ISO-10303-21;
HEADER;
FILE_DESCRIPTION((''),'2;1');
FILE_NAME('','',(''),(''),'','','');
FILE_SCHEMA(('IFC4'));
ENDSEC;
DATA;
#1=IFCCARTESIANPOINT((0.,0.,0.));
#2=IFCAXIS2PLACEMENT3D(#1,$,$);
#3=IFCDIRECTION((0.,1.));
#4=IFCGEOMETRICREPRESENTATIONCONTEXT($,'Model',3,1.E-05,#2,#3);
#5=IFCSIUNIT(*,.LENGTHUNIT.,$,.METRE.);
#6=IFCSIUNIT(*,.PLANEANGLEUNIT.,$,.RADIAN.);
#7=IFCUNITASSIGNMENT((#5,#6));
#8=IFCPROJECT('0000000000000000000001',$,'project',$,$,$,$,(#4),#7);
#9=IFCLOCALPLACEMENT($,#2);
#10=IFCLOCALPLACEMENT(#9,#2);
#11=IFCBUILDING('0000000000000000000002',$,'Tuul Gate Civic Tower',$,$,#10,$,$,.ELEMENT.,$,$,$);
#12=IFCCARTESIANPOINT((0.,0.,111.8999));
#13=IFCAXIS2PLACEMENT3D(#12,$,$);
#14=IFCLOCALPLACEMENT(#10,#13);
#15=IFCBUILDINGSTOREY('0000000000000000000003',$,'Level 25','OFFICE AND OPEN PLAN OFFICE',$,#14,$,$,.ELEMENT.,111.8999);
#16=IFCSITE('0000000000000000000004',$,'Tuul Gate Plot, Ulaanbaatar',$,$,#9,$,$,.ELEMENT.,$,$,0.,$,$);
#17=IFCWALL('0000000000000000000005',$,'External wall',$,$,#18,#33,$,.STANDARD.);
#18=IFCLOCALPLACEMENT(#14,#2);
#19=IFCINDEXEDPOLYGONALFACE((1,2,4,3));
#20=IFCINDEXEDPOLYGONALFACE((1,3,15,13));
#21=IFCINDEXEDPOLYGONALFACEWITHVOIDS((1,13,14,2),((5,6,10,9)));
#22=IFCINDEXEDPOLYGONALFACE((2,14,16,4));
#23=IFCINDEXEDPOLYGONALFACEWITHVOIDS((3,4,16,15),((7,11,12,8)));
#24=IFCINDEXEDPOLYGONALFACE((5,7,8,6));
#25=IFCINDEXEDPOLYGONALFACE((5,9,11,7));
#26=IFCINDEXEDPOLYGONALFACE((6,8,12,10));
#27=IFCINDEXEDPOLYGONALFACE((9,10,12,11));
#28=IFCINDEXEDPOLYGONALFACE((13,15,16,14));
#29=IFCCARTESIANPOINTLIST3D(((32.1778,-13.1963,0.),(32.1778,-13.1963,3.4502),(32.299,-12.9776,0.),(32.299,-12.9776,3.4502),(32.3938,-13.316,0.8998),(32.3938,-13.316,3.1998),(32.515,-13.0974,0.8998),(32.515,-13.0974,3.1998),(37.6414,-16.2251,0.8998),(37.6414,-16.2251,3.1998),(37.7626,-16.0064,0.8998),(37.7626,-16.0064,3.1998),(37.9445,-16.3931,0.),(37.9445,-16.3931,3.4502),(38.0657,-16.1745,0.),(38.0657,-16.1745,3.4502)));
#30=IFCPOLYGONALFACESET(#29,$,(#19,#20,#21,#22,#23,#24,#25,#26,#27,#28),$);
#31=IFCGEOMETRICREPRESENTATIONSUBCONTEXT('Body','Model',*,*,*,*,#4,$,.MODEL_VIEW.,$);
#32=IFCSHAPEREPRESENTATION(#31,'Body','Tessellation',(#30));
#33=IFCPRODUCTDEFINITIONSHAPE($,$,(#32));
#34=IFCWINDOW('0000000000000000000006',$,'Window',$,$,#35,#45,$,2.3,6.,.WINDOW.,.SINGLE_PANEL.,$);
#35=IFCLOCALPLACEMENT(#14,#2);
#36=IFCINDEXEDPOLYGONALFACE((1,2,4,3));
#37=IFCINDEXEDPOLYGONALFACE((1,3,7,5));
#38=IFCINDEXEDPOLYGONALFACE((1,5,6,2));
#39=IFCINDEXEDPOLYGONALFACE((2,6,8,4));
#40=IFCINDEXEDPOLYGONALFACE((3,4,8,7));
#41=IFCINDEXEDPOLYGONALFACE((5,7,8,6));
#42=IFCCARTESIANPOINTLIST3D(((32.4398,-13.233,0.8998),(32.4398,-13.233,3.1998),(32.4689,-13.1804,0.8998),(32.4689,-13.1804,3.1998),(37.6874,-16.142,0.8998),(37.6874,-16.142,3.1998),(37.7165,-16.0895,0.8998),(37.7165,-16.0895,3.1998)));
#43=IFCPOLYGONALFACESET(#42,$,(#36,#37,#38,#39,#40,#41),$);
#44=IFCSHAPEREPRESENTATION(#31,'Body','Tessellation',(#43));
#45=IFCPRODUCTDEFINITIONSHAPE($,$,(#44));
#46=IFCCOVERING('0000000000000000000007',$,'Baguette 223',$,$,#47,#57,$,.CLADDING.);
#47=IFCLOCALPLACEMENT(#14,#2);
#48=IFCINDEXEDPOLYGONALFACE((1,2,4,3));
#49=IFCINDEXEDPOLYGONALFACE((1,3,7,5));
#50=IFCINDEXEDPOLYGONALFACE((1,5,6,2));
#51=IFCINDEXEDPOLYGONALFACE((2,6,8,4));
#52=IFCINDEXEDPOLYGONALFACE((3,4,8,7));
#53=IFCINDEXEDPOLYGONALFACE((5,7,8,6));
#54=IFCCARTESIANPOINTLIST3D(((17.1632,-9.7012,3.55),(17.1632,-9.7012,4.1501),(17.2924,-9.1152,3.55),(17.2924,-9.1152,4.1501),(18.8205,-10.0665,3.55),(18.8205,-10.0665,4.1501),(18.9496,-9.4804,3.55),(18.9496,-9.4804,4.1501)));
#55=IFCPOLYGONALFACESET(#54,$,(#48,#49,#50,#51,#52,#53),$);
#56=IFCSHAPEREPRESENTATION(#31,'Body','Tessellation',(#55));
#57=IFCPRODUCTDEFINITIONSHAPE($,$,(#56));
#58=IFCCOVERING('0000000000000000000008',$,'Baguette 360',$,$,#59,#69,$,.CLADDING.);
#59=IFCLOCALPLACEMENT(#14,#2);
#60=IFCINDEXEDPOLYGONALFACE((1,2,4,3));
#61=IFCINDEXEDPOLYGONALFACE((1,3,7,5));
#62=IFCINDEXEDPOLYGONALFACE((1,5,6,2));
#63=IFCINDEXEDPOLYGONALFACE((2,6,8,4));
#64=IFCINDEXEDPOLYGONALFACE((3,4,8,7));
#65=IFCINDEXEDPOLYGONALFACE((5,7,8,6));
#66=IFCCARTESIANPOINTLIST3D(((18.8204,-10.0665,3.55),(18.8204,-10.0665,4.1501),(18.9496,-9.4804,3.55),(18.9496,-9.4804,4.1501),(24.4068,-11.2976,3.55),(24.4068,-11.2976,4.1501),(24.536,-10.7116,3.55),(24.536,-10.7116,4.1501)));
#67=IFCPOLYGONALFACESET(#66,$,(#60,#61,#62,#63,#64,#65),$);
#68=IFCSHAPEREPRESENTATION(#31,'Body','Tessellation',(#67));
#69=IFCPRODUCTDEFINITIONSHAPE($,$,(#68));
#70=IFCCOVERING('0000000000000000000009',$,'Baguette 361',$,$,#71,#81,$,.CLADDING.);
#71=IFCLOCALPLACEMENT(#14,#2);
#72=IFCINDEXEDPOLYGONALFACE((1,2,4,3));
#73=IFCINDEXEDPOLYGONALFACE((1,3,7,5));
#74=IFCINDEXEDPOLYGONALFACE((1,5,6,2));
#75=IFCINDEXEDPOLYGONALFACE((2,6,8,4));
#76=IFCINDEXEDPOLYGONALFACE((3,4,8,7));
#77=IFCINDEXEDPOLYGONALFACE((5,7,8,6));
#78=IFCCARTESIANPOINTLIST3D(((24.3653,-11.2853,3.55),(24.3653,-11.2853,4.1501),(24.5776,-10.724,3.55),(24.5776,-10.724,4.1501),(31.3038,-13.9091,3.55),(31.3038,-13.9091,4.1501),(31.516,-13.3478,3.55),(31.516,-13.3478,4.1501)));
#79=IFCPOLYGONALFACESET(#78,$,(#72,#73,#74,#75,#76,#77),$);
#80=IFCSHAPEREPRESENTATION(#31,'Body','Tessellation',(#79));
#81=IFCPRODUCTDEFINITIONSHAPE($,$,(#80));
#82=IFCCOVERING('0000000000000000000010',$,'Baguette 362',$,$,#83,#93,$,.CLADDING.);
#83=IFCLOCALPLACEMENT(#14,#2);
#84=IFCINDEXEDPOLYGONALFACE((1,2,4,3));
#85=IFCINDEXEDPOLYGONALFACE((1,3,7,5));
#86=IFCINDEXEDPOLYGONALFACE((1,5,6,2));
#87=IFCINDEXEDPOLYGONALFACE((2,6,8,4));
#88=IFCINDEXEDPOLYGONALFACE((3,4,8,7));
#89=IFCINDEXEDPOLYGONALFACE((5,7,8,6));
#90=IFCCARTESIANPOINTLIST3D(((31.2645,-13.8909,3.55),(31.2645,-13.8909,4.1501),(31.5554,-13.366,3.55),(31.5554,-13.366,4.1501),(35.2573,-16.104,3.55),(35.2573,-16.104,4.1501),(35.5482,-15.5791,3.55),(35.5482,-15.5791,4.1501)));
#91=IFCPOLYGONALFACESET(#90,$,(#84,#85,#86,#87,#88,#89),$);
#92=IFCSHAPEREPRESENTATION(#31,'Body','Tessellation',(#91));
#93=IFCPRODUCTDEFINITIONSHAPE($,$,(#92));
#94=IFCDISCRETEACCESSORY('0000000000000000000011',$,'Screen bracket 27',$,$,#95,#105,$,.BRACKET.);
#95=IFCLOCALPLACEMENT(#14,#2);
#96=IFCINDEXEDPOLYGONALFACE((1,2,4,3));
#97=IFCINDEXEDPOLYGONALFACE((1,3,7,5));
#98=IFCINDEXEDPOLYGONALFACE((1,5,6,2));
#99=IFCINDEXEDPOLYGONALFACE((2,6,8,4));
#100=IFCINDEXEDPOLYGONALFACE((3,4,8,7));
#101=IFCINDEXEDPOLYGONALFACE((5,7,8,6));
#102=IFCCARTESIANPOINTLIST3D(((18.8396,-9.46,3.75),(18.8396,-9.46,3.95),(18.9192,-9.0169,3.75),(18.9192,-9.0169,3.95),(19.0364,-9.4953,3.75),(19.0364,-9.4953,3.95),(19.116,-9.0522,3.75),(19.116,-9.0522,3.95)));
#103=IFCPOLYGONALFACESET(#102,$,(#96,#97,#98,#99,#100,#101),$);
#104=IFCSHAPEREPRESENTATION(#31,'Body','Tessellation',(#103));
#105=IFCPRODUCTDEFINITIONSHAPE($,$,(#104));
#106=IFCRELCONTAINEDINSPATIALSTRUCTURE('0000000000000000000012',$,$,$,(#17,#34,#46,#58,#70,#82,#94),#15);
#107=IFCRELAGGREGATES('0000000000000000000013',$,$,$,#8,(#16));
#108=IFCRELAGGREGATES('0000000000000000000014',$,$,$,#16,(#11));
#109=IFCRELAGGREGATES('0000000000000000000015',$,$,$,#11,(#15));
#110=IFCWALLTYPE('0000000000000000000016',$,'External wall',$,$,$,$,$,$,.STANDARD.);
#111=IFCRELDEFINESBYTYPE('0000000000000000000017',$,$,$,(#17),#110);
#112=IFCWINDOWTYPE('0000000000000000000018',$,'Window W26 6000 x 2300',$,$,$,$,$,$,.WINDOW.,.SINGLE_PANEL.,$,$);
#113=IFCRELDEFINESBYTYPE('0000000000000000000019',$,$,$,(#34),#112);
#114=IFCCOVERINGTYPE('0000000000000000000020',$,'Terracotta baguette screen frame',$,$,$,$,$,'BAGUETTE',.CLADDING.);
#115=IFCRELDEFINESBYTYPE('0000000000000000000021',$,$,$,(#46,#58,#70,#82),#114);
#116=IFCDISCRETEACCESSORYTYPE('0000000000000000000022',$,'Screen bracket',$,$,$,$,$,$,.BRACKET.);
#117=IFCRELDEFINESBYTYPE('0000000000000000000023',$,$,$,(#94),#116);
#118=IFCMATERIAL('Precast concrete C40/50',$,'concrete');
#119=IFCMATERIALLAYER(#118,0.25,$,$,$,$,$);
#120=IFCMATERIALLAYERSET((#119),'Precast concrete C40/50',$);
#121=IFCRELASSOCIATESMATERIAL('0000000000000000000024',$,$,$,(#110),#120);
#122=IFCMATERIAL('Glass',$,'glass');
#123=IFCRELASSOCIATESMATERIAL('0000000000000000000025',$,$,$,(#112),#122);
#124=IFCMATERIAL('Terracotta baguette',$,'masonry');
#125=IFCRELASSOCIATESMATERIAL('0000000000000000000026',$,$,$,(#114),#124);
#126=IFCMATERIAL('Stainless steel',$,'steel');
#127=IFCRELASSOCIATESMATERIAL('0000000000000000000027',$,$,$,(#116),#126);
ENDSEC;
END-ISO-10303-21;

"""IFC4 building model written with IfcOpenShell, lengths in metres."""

from ifc_helpers import new_model, si_unit, direction, frame, frame_2d, origin, origin_2d, place, context, subcontext, project, spatial, rectangle, extrude, material, layer, layer_set, material_profile, profile_set, type_object, element, fill, save


model = new_model("IFC4")

# Units and contexts
model_context = context("Model", 3, precision=1e-05, world=origin(), true_north=direction((0.0, 1.0)))
body_context = subcontext(model_context, "Body", "Model", "MODEL_VIEW")
ifc_project = project(units=[si_unit("LENGTHUNIT", "METRE"), si_unit("PLANEANGLEUNIT", "RADIAN")], contexts=[model_context])

# Site, building, storey
site_placement = place(None, origin())
site = spatial("IfcSite", under=ifc_project, at=site_placement, Name="Tuul Gate Plot, Ulaanbaatar", CompositionType="ELEMENT", RefElevation=0.0)
building_placement = place(site_placement, origin())
building = spatial("IfcBuilding", under=site, at=building_placement, Name="Tuul Gate Civic Tower", CompositionType="ELEMENT")
storey_placement = place(building_placement, frame((0.0, 0.0, 111.8999)))
storey = spatial("IfcBuildingStorey", under=building, at=storey_placement, Name="Level 25", Description="OFFICE AND OPEN PLAN OFFICE", CompositionType="ELEMENT", Elevation=111.8999)

# Wall, opening, window
ifc_material_1 = material(Name="Precast concrete C40/50", Category="concrete")
ifc_layer_1 = layer(ifc_material_1, 0.25)
ifc_layer_set_1 = layer_set([ifc_layer_1], Name="Precast concrete C40/50")
wall_type_1 = type_object("IfcWallType", Name="External wall", PredefinedType="STANDARD", material=ifc_layer_set_1)
ifc_material_2 = material(Name="Glass", Category="glass")
window_type = type_object("IfcWindowType", Name="Window W26 6000 x 2300", PartitioningType="SINGLE_PANEL", PredefinedType="WINDOW", material=ifc_material_2)
wall_1_placement = place(storey_placement, frame((32.2383, -13.0869, 0.0), z_axis=(0.0, 0.0, 1.0), x_axis=(0.874601, -0.484844, 0.0)))
wall_1 = element("IfcWall", 1, at=wall_1_placement, inside=storey, type_object=wall_type_1, Name="External wall", PredefinedType="STANDARD", context=body_context, shape_type="SweptSolid", body=[
    extrude(rectangle(XDim=6.5935, YDim=0.25, at=frame_2d((3.2969, 0.0))), origin(), (0.0, 0.0, 1.0), 3.4502),
])
opening_1_placement = place(wall_1_placement, frame((0.2471, 0.0, 0.8999)))
opening_1 = element("IfcOpeningElement", 2, at=opening_1_placement, cuts=wall_1, PredefinedType="OPENING", context=body_context, shape_type="SweptSolid", body=[
    extrude(rectangle(XDim=6.0, YDim=2.3, at=frame_2d((3.0, 1.1499))), frame((0.0, 0.135, 0.0), z_axis=(0.0, -1.0, 0.0), x_axis=(1.0, 0.0, 0.0)), (0.0, 0.0, 1.0), 0.27),
])
window_1_placement = place(opening_1_placement, origin())
window_1 = element("IfcWindow", 3, at=window_1_placement, inside=storey, type_object=window_type, Name="Window", OverallHeight=2.3, OverallWidth=6.0, PartitioningType="SINGLE_PANEL", PredefinedType="WINDOW", context=body_context, shape_type="SweptSolid", body=[
    extrude(rectangle(XDim=6.0, YDim=2.3, at=frame_2d((3.0, 1.1499))), frame((0.0, 0.03, 0.0), z_axis=(0.0, -1.0, 0.0), x_axis=(1.0, 0.0, 0.0)), (0.0, 0.0, 1.0), 0.0601),
])
fill(opening_1, window_1)

# Coverings
ifc_material_3 = material(Name="Terracotta baguette", Category="masonry")
ifc_material_profile_1 = material_profile(ifc_material_3, rectangle(XDim=0.6001, YDim=0.6001, at=origin_2d()), Name="Terracotta baguette screen frame")
ifc_profile_set_1 = profile_set([ifc_material_profile_1], Name="Terracotta baguette")
covering_type = type_object("IfcCoveringType", Name="Terracotta baguette screen frame", ElementType="BAGUETTE", PredefinedType="CLADDING", material=ifc_profile_set_1)
covering_1_placement = place(storey_placement, frame((17.2278, -9.4082, 3.8501), z_axis=(0.976565, -0.215224, 0.0), x_axis=(0.215224, 0.976565, 0.0)))
element("IfcCovering", 4, at=covering_1_placement, inside=storey, type_object=covering_type, Name="Baguette 223", PredefinedType="CLADDING", context=body_context, shape_type="SweptSolid", body=[
    extrude(rectangle(XDim=0.6001, YDim=0.6001, at=origin_2d()), origin(), (0.0, 0.0, 1.0), 1.697),
])
covering_2_placement = place(storey_placement, frame((18.885, -9.7734, 3.8501), z_axis=(0.976564, -0.215227, 0.0), x_axis=(0.215227, 0.976564, 0.0)))
element("IfcCovering", 5, at=covering_2_placement, inside=storey, type_object=covering_type, Name="Baguette 360", PredefinedType="CLADDING", context=body_context, shape_type="SweptSolid", body=[
    extrude(rectangle(XDim=0.6001, YDim=0.6001, at=origin_2d()), origin(), (0.0, 0.0, 1.0), 5.7205),
])
covering_3_placement = place(storey_placement, frame((24.4714, -11.0046, 3.8501), z_axis=(0.935357, -0.353705, 0.0), x_axis=(0.353705, 0.935357, 0.0)))
element("IfcCovering", 6, at=covering_3_placement, inside=storey, type_object=covering_type, Name="Baguette 361", PredefinedType="CLADDING", context=body_context, shape_type="SweptSolid", body=[
    extrude(rectangle(XDim=0.6001, YDim=0.6001, at=origin_2d()), origin(), (0.0, 0.0, 1.0), 7.418),
])
covering_4_placement = place(storey_placement, frame((31.4099, -13.6284, 3.8501), z_axis=(0.874636, -0.48478, 0.0), x_axis=(0.48478, 0.874636, 0.0)))
element("IfcCovering", 7, at=covering_4_placement, inside=storey, type_object=covering_type, Name="Baguette 362", PredefinedType="CLADDING", context=body_context, shape_type="SweptSolid", body=[
    extrude(rectangle(XDim=0.6001, YDim=0.6001, at=origin_2d()), origin(), (0.0, 0.0, 1.0), 4.5652),
])

# Discrete accessory
ifc_material_4 = material(Name="Stainless steel", Category="steel")
discrete_accessory_type = type_object("IfcDiscreteAccessoryType", Name="Screen bracket", PredefinedType="BRACKET", material=ifc_material_4)
discrete_accessory_placement = place(storey_placement, frame((18.9778, -9.2561, 3.75), z_axis=(0.0, 0.0, 1.0), x_axis=(-0.176684, -0.984268, 0.0)))
element("IfcDiscreteAccessory", 8, at=discrete_accessory_placement, inside=storey, type_object=discrete_accessory_type, Name="Screen bracket 27", PredefinedType="BRACKET", context=body_context, shape_type="SweptSolid", body=[
    extrude(rectangle(XDim=0.4502, YDim=0.2, at=origin_2d()), origin(), (0.0, 0.0, 1.0), 0.2),
])

save(model, "model.ifc")
